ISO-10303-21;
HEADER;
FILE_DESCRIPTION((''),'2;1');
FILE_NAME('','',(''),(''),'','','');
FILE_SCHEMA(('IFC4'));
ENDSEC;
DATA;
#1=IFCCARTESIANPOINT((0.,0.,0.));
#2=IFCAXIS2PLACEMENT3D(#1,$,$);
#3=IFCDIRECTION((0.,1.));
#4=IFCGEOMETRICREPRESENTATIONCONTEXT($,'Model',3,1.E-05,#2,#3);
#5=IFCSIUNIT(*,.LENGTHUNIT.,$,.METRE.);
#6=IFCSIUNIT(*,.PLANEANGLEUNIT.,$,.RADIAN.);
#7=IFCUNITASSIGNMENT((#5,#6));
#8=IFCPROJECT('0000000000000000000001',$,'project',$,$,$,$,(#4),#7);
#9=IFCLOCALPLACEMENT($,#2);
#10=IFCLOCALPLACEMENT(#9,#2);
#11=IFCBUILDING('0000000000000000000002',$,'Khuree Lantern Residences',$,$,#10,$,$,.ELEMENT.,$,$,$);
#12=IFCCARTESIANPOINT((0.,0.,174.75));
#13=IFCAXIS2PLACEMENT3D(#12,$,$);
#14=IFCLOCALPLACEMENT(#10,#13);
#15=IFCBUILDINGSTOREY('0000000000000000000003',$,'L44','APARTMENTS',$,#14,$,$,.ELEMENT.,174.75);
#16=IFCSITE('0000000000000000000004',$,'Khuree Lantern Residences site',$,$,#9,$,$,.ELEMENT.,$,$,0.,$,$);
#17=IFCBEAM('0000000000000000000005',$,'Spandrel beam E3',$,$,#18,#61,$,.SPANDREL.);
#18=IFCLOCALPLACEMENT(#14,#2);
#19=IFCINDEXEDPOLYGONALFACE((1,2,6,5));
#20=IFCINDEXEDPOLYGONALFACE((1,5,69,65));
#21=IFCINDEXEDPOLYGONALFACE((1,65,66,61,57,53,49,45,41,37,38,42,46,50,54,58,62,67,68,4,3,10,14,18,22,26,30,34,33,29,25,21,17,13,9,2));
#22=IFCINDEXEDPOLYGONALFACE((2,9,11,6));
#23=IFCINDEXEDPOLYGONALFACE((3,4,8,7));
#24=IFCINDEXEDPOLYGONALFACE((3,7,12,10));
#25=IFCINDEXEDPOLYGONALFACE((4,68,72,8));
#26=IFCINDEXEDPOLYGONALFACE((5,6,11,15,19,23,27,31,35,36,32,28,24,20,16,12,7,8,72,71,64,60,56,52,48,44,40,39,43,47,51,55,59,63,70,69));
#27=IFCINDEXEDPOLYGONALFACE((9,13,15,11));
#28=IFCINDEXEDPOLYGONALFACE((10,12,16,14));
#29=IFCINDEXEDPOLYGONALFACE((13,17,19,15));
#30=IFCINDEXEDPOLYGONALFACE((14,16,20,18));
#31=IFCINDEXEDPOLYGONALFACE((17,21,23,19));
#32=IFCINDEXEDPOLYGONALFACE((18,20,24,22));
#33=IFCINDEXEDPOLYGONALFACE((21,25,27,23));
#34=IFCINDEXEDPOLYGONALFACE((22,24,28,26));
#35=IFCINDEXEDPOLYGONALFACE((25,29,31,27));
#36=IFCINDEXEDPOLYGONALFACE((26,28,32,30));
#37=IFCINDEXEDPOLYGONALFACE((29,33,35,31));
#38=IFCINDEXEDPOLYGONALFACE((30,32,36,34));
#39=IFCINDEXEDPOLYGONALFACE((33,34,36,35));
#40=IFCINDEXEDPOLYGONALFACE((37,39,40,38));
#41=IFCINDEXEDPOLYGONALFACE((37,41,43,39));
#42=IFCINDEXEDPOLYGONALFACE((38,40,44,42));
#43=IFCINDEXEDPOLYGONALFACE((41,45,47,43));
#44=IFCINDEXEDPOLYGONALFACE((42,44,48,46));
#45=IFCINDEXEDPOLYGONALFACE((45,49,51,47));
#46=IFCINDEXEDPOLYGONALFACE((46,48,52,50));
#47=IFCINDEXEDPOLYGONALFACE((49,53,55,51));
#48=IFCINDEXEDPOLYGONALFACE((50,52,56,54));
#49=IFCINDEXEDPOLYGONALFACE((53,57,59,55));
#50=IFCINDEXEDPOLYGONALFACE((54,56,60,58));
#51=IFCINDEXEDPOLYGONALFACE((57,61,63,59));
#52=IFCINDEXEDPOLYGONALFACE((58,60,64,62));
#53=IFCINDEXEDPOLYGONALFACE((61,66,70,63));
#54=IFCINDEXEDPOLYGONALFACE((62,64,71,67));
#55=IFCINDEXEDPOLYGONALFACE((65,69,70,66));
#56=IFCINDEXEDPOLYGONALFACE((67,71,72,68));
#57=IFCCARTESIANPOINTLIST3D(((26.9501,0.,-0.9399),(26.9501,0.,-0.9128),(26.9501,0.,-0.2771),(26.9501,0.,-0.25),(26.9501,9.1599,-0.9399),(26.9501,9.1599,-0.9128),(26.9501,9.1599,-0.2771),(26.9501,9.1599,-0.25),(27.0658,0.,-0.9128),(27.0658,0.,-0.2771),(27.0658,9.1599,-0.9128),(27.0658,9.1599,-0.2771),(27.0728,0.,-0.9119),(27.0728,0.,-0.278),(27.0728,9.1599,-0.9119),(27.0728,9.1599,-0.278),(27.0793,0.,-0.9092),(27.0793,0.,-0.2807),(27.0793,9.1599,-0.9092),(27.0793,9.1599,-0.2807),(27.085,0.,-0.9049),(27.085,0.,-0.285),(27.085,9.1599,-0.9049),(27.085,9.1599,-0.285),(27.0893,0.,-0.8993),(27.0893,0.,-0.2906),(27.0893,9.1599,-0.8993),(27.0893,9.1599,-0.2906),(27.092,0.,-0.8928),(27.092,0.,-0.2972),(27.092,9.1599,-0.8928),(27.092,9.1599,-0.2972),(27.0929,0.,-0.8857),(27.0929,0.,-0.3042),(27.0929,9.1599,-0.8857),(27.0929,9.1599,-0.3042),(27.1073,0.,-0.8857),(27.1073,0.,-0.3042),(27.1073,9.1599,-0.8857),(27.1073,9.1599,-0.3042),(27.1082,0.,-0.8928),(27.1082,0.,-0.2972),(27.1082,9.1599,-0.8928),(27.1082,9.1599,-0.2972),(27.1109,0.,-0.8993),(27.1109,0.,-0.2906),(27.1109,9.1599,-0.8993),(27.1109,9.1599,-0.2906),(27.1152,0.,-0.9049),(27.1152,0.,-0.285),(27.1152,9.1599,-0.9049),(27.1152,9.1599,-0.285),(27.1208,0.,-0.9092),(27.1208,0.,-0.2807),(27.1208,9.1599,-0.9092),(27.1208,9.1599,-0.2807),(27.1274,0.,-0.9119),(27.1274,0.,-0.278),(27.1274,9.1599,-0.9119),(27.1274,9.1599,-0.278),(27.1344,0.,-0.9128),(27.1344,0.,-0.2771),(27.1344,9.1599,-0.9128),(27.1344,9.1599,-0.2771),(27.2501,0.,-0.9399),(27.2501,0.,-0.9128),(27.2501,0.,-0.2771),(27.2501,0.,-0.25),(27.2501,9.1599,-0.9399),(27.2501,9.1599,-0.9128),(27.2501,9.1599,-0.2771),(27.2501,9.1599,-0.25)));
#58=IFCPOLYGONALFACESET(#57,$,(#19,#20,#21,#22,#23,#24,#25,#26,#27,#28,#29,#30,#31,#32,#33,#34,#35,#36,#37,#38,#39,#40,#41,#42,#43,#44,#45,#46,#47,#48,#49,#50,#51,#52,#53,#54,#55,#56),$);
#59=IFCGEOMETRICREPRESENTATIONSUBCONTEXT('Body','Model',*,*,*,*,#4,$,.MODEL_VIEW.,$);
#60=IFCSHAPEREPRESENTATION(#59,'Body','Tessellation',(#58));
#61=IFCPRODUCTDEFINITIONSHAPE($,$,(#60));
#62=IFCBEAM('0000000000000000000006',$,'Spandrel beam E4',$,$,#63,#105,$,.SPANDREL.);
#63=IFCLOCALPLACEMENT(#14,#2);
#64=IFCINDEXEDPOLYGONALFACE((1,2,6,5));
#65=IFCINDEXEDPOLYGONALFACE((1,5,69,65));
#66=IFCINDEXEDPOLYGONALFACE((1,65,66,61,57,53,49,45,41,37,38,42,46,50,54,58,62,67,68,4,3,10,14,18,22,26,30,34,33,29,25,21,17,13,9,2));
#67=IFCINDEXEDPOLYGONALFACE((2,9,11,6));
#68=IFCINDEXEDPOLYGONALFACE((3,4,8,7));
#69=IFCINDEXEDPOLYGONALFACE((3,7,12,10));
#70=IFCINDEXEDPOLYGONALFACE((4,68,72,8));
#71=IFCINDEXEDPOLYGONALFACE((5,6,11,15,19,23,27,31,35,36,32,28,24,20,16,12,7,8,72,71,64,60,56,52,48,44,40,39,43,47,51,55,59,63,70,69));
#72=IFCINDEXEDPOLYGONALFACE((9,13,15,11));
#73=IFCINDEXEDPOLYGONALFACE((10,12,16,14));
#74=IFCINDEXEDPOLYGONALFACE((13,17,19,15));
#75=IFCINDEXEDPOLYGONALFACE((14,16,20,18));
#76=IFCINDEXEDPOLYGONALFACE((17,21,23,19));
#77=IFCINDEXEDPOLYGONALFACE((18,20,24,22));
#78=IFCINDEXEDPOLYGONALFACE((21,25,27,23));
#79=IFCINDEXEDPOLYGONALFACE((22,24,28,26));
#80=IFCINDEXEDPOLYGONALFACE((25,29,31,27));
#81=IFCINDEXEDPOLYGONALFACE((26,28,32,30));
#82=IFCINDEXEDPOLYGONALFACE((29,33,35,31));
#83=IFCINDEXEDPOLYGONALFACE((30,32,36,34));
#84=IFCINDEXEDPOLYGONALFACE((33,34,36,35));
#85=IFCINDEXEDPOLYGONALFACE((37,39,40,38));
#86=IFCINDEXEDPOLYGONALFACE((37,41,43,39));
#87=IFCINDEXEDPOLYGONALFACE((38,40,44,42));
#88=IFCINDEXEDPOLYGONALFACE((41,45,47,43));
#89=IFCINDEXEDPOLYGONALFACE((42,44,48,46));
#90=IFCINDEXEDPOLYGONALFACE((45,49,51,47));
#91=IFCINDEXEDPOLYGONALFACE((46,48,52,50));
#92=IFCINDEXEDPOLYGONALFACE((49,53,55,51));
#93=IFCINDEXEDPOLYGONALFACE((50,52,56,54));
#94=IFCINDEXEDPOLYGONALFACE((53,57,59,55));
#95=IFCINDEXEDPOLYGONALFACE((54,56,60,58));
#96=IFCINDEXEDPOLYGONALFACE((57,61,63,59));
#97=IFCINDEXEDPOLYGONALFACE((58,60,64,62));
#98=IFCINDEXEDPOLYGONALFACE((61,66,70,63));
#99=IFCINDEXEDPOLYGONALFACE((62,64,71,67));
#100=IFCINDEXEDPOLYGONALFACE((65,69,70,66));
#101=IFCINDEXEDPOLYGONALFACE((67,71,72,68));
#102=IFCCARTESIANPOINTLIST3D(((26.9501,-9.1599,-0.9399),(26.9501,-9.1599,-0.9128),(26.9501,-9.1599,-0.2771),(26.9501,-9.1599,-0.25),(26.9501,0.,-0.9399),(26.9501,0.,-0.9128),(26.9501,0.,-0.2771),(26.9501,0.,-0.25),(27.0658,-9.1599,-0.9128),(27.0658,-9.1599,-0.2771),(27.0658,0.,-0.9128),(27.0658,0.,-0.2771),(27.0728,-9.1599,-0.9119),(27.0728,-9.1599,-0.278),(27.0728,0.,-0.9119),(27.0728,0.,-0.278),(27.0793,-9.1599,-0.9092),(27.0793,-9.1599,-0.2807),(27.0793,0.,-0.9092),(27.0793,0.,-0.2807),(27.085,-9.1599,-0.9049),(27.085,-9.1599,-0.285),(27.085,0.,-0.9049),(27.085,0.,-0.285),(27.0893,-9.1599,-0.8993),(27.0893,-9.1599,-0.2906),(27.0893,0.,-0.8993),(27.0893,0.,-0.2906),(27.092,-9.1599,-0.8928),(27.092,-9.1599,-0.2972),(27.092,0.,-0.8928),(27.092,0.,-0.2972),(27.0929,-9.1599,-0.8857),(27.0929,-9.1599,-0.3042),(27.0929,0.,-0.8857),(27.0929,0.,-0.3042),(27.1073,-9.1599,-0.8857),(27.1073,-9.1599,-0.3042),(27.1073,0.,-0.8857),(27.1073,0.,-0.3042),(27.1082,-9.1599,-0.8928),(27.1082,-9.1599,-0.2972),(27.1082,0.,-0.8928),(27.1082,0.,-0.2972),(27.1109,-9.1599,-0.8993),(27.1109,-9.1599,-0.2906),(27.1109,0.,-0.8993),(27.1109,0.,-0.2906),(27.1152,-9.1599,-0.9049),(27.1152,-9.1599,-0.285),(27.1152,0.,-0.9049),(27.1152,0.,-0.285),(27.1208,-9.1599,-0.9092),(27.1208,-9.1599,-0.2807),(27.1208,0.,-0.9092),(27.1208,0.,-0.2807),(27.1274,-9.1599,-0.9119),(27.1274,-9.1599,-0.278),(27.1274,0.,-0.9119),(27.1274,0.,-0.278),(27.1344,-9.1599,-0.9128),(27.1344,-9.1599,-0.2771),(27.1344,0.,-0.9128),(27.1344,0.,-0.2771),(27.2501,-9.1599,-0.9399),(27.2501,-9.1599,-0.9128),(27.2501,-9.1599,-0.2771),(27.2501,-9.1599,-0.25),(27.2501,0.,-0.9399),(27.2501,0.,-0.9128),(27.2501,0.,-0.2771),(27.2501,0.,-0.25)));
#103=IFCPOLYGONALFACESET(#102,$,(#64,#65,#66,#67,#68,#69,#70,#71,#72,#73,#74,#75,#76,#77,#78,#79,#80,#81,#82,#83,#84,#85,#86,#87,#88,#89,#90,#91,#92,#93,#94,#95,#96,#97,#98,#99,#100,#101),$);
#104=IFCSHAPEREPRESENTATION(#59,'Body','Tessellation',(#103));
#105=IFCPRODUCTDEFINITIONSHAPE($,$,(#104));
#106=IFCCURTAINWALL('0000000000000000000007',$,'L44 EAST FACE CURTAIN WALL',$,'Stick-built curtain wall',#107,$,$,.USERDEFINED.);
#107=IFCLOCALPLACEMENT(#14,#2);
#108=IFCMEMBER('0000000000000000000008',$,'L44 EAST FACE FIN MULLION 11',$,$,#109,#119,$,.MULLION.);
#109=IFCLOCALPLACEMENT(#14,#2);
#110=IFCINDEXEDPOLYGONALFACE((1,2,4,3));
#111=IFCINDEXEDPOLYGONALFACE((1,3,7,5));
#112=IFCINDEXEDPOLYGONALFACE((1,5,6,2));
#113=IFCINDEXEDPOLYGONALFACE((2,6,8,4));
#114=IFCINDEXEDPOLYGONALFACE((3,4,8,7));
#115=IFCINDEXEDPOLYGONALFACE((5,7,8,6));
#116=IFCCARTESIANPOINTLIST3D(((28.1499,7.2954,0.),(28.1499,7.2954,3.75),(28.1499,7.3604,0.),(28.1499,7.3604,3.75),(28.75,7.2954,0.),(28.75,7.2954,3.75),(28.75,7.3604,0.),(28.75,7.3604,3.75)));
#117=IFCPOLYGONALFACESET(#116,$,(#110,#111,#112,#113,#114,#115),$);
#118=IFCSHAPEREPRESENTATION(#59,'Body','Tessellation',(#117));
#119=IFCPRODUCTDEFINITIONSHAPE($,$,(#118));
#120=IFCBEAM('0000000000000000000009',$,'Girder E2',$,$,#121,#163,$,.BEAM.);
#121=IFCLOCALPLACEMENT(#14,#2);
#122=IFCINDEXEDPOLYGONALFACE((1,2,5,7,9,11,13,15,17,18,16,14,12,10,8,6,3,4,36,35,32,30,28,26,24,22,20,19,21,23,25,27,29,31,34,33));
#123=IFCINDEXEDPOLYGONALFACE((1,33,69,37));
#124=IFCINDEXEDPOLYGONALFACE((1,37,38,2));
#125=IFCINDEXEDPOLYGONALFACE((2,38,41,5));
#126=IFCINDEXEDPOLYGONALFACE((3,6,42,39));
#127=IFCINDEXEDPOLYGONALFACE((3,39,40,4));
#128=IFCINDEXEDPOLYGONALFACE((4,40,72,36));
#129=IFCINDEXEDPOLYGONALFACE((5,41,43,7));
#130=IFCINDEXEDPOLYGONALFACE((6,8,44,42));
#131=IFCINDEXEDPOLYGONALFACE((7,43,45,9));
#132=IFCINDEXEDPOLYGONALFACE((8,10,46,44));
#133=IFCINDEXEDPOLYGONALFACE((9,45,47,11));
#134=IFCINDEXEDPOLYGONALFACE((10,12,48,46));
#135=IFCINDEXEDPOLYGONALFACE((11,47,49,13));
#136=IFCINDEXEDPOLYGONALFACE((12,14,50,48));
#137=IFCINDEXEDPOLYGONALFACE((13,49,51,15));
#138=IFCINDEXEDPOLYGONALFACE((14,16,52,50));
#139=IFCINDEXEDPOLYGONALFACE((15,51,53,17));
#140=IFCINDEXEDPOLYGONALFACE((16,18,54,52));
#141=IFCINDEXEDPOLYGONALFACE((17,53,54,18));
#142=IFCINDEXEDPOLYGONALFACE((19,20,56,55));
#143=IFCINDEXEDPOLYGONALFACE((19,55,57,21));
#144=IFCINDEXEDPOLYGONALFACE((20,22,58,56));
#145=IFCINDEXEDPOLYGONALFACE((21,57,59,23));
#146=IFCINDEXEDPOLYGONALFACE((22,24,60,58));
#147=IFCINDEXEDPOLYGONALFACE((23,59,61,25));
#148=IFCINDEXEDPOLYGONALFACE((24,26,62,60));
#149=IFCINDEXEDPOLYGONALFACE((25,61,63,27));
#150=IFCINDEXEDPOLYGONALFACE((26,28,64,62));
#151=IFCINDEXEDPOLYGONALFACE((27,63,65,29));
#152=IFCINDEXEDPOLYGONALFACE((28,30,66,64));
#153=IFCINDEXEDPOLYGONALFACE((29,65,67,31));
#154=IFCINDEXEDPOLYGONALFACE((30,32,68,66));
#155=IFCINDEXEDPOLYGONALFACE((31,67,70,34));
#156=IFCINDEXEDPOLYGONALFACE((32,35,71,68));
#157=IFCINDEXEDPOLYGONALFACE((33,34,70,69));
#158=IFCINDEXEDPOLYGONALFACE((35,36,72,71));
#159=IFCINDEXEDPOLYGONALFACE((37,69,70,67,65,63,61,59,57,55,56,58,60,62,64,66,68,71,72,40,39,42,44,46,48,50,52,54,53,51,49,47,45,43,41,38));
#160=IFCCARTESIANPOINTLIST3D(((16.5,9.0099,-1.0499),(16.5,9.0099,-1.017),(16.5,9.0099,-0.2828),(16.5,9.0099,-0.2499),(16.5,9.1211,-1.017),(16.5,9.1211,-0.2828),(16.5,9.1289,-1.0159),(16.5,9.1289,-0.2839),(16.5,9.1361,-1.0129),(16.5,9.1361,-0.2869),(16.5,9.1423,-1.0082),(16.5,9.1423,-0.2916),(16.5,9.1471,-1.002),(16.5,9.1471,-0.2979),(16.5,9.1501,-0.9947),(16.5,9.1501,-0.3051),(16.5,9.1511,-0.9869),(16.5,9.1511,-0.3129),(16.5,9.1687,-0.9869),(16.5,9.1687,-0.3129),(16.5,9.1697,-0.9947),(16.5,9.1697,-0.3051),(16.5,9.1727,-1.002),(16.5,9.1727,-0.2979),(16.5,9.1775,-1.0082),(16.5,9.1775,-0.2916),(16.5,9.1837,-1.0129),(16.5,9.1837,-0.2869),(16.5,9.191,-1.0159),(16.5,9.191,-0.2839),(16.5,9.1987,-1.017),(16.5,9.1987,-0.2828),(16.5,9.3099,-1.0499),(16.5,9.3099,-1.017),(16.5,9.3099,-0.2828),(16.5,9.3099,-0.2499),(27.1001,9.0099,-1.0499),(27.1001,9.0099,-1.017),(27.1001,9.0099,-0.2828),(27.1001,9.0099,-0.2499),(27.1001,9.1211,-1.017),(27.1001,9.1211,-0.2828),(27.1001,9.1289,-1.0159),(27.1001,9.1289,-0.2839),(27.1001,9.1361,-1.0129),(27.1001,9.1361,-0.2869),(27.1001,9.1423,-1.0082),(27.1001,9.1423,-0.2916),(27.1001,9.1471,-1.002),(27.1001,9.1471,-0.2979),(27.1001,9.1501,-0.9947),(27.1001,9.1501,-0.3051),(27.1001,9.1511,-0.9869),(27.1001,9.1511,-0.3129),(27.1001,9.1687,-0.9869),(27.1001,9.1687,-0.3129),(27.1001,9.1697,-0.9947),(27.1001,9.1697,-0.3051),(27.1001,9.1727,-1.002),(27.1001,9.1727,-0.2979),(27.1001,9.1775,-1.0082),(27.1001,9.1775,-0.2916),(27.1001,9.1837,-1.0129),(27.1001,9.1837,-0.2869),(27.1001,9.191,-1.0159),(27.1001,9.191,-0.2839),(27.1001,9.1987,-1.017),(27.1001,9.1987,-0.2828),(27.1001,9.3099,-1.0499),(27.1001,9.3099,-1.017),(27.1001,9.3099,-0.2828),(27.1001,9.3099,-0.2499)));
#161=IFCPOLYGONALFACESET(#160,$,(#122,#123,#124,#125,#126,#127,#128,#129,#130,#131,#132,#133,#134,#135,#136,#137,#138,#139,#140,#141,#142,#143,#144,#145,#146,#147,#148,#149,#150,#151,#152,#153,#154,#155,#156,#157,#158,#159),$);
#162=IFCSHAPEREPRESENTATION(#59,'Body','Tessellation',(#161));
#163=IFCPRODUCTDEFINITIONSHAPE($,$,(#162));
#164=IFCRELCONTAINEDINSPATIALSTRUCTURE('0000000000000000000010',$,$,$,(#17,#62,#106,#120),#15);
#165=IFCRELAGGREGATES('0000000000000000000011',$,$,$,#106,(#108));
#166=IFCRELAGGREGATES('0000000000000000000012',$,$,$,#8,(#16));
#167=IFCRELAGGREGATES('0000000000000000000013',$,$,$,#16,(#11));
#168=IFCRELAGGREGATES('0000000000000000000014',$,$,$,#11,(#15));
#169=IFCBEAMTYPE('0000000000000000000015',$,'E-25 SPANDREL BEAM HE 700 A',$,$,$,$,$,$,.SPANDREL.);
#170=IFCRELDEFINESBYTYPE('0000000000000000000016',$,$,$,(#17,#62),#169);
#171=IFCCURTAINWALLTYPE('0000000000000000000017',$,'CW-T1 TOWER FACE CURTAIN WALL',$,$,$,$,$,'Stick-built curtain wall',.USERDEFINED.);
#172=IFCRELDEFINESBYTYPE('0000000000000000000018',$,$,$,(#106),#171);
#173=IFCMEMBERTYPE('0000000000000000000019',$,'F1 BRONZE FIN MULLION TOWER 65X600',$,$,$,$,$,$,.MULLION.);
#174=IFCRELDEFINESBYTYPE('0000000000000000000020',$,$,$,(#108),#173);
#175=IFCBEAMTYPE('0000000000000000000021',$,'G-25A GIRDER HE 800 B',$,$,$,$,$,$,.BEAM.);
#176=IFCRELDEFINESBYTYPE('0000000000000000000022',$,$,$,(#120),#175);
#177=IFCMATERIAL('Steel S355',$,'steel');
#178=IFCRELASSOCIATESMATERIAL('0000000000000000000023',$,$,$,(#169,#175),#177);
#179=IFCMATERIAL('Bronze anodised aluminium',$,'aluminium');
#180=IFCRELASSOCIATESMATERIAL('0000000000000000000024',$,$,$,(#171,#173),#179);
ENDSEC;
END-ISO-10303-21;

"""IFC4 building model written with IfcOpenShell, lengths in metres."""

from ifc_helpers import new_model, si_unit, direction, frame, origin, origin_2d, place, context, subcontext, project, spatial, rectangle, i_section, extrude, material, material_profile, profile_set, type_object, element, aggregate, save


model = new_model("IFC4")

# Units and contexts
model_context = context("Model", 3, precision=1e-05, world=origin(), true_north=direction((0.0, 1.0)))
body_context = subcontext(model_context, "Body", "Model", "MODEL_VIEW")
ifc_project = project(units=[si_unit("LENGTHUNIT", "METRE"), si_unit("PLANEANGLEUNIT", "RADIAN")], contexts=[model_context])

# Site, building, storey
site_placement = place(None, origin())
site = spatial("IfcSite", under=ifc_project, at=site_placement, Name="Khuree Lantern Residences site", CompositionType="ELEMENT", RefElevation=0.0)
building_placement = place(site_placement, origin())
building = spatial("IfcBuilding", under=site, at=building_placement, Name="Khuree Lantern Residences", CompositionType="ELEMENT")
storey_placement = place(building_placement, frame((0.0, 0.0, 174.75)))
storey = spatial("IfcBuildingStorey", under=building, at=storey_placement, Name="L44", Description="APARTMENTS", CompositionType="ELEMENT", Elevation=174.75)

# Beams
ifc_material_1 = material(Name="Steel S355", Category="steel")
ifc_material_profile_1 = material_profile(ifc_material_1, i_section(OverallWidth=0.3, OverallDepth=0.6899, WebThickness=0.0144, FlangeThickness=0.0271, FilletRadius=0.0271, at=origin_2d()), Name="HE 700 A")
ifc_profile_set_1 = profile_set([ifc_material_profile_1], Name="Steel S355")
beam_type_1 = type_object("IfcBeamType", Name="E-25 SPANDREL BEAM HE 700 A", PredefinedType="SPANDREL", material=ifc_profile_set_1)
for number, where, z_axis, x_axis, name in (
    (1, (27.1001, 9.1599, -0.595), (0.0, -1.0, 0.0), (1.0, 0.0, 0.0), "Spandrel beam E3"),
    (2, (27.1001, 0.0, -0.595), (0.0, -1.0, 0.0), (1.0, 0.0, 0.0), "Spandrel beam E4"),
):
    element("IfcBeam", number, at=place(storey_placement, frame(where, z_axis=z_axis, x_axis=x_axis)), inside=storey, type_object=beam_type_1, Name=name, PredefinedType="SPANDREL", context=body_context, shape_type="SweptSolid", body=[
        extrude(i_section(OverallWidth=0.3, OverallDepth=0.6899, WebThickness=0.0144, FlangeThickness=0.0271, FilletRadius=0.0271, at=origin_2d()), origin(), (0.0, 0.0, 1.0), 9.1599),
    ])

# Curtain wall, member
ifc_material_2 = material(Name="Bronze anodised aluminium", Category="aluminium")
curtain_wall_type = type_object("IfcCurtainWallType", Name="CW-T1 TOWER FACE CURTAIN WALL", ElementType="Stick-built curtain wall", PredefinedType="USERDEFINED", material=ifc_material_2)
curtain_wall_placement = place(storey_placement, origin())
curtain_wall = element("IfcCurtainWall", 3, at=curtain_wall_placement, inside=storey, type_object=curtain_wall_type, Name="L44 EAST FACE CURTAIN WALL", ObjectType="Stick-built curtain wall", PredefinedType="USERDEFINED")
ifc_material_profile_2 = material_profile(ifc_material_2, rectangle(XDim=0.0649, YDim=0.6001, at=origin_2d()), Name="F1 65X600")
ifc_profile_set_2 = profile_set([ifc_material_profile_2], Name="Bronze anodised aluminium")
member_type_1 = type_object("IfcMemberType", Name="F1 BRONZE FIN MULLION TOWER 65X600", PredefinedType="MULLION", material=ifc_profile_set_2)
member_1_placement = place(storey_placement, frame((28.45, 7.3279, 0.0), z_axis=(0.0, 0.0, 1.0), x_axis=(0.0, 1.0, 0.0)))
member_1 = element("IfcMember", 4, at=member_1_placement, type_object=member_type_1, Name="L44 EAST FACE FIN MULLION 11", PredefinedType="MULLION", context=body_context, shape_type="SweptSolid", body=[
    extrude(rectangle(XDim=0.0649, YDim=0.6001, at=origin_2d()), origin(), (0.0, 0.0, 1.0), 3.75),
])

# Beam
ifc_material_profile_3 = material_profile(ifc_material_1, i_section(OverallWidth=0.3, OverallDepth=0.8, WebThickness=0.0176, FlangeThickness=0.033, FilletRadius=0.03, at=origin_2d()), Name="HE 800 B")
ifc_profile_set_3 = profile_set([ifc_material_profile_3], Name="Steel S355")
beam_type_2 = type_object("IfcBeamType", Name="G-25A GIRDER HE 800 B", PredefinedType="BEAM", material=ifc_profile_set_3)
for number, where, z_axis, x_axis, name in (
    (5, (27.1001, 9.1599, -0.6499), (-1.0, 0.0, 0.0), (0.0, -1.0, 0.0), "Girder E2"),
):
    element("IfcBeam", number, at=place(storey_placement, frame(where, z_axis=z_axis, x_axis=x_axis)), inside=storey, type_object=beam_type_2, Name=name, PredefinedType="BEAM", context=body_context, shape_type="SweptSolid", body=[
        extrude(i_section(OverallWidth=0.3, OverallDepth=0.8, WebThickness=0.0176, FlangeThickness=0.033, FilletRadius=0.03, at=origin_2d()), origin(), (0.0, 0.0, 1.0), 10.6001),
    ])

aggregate(curtain_wall, [member_1])

save(model, "model.ifc")
